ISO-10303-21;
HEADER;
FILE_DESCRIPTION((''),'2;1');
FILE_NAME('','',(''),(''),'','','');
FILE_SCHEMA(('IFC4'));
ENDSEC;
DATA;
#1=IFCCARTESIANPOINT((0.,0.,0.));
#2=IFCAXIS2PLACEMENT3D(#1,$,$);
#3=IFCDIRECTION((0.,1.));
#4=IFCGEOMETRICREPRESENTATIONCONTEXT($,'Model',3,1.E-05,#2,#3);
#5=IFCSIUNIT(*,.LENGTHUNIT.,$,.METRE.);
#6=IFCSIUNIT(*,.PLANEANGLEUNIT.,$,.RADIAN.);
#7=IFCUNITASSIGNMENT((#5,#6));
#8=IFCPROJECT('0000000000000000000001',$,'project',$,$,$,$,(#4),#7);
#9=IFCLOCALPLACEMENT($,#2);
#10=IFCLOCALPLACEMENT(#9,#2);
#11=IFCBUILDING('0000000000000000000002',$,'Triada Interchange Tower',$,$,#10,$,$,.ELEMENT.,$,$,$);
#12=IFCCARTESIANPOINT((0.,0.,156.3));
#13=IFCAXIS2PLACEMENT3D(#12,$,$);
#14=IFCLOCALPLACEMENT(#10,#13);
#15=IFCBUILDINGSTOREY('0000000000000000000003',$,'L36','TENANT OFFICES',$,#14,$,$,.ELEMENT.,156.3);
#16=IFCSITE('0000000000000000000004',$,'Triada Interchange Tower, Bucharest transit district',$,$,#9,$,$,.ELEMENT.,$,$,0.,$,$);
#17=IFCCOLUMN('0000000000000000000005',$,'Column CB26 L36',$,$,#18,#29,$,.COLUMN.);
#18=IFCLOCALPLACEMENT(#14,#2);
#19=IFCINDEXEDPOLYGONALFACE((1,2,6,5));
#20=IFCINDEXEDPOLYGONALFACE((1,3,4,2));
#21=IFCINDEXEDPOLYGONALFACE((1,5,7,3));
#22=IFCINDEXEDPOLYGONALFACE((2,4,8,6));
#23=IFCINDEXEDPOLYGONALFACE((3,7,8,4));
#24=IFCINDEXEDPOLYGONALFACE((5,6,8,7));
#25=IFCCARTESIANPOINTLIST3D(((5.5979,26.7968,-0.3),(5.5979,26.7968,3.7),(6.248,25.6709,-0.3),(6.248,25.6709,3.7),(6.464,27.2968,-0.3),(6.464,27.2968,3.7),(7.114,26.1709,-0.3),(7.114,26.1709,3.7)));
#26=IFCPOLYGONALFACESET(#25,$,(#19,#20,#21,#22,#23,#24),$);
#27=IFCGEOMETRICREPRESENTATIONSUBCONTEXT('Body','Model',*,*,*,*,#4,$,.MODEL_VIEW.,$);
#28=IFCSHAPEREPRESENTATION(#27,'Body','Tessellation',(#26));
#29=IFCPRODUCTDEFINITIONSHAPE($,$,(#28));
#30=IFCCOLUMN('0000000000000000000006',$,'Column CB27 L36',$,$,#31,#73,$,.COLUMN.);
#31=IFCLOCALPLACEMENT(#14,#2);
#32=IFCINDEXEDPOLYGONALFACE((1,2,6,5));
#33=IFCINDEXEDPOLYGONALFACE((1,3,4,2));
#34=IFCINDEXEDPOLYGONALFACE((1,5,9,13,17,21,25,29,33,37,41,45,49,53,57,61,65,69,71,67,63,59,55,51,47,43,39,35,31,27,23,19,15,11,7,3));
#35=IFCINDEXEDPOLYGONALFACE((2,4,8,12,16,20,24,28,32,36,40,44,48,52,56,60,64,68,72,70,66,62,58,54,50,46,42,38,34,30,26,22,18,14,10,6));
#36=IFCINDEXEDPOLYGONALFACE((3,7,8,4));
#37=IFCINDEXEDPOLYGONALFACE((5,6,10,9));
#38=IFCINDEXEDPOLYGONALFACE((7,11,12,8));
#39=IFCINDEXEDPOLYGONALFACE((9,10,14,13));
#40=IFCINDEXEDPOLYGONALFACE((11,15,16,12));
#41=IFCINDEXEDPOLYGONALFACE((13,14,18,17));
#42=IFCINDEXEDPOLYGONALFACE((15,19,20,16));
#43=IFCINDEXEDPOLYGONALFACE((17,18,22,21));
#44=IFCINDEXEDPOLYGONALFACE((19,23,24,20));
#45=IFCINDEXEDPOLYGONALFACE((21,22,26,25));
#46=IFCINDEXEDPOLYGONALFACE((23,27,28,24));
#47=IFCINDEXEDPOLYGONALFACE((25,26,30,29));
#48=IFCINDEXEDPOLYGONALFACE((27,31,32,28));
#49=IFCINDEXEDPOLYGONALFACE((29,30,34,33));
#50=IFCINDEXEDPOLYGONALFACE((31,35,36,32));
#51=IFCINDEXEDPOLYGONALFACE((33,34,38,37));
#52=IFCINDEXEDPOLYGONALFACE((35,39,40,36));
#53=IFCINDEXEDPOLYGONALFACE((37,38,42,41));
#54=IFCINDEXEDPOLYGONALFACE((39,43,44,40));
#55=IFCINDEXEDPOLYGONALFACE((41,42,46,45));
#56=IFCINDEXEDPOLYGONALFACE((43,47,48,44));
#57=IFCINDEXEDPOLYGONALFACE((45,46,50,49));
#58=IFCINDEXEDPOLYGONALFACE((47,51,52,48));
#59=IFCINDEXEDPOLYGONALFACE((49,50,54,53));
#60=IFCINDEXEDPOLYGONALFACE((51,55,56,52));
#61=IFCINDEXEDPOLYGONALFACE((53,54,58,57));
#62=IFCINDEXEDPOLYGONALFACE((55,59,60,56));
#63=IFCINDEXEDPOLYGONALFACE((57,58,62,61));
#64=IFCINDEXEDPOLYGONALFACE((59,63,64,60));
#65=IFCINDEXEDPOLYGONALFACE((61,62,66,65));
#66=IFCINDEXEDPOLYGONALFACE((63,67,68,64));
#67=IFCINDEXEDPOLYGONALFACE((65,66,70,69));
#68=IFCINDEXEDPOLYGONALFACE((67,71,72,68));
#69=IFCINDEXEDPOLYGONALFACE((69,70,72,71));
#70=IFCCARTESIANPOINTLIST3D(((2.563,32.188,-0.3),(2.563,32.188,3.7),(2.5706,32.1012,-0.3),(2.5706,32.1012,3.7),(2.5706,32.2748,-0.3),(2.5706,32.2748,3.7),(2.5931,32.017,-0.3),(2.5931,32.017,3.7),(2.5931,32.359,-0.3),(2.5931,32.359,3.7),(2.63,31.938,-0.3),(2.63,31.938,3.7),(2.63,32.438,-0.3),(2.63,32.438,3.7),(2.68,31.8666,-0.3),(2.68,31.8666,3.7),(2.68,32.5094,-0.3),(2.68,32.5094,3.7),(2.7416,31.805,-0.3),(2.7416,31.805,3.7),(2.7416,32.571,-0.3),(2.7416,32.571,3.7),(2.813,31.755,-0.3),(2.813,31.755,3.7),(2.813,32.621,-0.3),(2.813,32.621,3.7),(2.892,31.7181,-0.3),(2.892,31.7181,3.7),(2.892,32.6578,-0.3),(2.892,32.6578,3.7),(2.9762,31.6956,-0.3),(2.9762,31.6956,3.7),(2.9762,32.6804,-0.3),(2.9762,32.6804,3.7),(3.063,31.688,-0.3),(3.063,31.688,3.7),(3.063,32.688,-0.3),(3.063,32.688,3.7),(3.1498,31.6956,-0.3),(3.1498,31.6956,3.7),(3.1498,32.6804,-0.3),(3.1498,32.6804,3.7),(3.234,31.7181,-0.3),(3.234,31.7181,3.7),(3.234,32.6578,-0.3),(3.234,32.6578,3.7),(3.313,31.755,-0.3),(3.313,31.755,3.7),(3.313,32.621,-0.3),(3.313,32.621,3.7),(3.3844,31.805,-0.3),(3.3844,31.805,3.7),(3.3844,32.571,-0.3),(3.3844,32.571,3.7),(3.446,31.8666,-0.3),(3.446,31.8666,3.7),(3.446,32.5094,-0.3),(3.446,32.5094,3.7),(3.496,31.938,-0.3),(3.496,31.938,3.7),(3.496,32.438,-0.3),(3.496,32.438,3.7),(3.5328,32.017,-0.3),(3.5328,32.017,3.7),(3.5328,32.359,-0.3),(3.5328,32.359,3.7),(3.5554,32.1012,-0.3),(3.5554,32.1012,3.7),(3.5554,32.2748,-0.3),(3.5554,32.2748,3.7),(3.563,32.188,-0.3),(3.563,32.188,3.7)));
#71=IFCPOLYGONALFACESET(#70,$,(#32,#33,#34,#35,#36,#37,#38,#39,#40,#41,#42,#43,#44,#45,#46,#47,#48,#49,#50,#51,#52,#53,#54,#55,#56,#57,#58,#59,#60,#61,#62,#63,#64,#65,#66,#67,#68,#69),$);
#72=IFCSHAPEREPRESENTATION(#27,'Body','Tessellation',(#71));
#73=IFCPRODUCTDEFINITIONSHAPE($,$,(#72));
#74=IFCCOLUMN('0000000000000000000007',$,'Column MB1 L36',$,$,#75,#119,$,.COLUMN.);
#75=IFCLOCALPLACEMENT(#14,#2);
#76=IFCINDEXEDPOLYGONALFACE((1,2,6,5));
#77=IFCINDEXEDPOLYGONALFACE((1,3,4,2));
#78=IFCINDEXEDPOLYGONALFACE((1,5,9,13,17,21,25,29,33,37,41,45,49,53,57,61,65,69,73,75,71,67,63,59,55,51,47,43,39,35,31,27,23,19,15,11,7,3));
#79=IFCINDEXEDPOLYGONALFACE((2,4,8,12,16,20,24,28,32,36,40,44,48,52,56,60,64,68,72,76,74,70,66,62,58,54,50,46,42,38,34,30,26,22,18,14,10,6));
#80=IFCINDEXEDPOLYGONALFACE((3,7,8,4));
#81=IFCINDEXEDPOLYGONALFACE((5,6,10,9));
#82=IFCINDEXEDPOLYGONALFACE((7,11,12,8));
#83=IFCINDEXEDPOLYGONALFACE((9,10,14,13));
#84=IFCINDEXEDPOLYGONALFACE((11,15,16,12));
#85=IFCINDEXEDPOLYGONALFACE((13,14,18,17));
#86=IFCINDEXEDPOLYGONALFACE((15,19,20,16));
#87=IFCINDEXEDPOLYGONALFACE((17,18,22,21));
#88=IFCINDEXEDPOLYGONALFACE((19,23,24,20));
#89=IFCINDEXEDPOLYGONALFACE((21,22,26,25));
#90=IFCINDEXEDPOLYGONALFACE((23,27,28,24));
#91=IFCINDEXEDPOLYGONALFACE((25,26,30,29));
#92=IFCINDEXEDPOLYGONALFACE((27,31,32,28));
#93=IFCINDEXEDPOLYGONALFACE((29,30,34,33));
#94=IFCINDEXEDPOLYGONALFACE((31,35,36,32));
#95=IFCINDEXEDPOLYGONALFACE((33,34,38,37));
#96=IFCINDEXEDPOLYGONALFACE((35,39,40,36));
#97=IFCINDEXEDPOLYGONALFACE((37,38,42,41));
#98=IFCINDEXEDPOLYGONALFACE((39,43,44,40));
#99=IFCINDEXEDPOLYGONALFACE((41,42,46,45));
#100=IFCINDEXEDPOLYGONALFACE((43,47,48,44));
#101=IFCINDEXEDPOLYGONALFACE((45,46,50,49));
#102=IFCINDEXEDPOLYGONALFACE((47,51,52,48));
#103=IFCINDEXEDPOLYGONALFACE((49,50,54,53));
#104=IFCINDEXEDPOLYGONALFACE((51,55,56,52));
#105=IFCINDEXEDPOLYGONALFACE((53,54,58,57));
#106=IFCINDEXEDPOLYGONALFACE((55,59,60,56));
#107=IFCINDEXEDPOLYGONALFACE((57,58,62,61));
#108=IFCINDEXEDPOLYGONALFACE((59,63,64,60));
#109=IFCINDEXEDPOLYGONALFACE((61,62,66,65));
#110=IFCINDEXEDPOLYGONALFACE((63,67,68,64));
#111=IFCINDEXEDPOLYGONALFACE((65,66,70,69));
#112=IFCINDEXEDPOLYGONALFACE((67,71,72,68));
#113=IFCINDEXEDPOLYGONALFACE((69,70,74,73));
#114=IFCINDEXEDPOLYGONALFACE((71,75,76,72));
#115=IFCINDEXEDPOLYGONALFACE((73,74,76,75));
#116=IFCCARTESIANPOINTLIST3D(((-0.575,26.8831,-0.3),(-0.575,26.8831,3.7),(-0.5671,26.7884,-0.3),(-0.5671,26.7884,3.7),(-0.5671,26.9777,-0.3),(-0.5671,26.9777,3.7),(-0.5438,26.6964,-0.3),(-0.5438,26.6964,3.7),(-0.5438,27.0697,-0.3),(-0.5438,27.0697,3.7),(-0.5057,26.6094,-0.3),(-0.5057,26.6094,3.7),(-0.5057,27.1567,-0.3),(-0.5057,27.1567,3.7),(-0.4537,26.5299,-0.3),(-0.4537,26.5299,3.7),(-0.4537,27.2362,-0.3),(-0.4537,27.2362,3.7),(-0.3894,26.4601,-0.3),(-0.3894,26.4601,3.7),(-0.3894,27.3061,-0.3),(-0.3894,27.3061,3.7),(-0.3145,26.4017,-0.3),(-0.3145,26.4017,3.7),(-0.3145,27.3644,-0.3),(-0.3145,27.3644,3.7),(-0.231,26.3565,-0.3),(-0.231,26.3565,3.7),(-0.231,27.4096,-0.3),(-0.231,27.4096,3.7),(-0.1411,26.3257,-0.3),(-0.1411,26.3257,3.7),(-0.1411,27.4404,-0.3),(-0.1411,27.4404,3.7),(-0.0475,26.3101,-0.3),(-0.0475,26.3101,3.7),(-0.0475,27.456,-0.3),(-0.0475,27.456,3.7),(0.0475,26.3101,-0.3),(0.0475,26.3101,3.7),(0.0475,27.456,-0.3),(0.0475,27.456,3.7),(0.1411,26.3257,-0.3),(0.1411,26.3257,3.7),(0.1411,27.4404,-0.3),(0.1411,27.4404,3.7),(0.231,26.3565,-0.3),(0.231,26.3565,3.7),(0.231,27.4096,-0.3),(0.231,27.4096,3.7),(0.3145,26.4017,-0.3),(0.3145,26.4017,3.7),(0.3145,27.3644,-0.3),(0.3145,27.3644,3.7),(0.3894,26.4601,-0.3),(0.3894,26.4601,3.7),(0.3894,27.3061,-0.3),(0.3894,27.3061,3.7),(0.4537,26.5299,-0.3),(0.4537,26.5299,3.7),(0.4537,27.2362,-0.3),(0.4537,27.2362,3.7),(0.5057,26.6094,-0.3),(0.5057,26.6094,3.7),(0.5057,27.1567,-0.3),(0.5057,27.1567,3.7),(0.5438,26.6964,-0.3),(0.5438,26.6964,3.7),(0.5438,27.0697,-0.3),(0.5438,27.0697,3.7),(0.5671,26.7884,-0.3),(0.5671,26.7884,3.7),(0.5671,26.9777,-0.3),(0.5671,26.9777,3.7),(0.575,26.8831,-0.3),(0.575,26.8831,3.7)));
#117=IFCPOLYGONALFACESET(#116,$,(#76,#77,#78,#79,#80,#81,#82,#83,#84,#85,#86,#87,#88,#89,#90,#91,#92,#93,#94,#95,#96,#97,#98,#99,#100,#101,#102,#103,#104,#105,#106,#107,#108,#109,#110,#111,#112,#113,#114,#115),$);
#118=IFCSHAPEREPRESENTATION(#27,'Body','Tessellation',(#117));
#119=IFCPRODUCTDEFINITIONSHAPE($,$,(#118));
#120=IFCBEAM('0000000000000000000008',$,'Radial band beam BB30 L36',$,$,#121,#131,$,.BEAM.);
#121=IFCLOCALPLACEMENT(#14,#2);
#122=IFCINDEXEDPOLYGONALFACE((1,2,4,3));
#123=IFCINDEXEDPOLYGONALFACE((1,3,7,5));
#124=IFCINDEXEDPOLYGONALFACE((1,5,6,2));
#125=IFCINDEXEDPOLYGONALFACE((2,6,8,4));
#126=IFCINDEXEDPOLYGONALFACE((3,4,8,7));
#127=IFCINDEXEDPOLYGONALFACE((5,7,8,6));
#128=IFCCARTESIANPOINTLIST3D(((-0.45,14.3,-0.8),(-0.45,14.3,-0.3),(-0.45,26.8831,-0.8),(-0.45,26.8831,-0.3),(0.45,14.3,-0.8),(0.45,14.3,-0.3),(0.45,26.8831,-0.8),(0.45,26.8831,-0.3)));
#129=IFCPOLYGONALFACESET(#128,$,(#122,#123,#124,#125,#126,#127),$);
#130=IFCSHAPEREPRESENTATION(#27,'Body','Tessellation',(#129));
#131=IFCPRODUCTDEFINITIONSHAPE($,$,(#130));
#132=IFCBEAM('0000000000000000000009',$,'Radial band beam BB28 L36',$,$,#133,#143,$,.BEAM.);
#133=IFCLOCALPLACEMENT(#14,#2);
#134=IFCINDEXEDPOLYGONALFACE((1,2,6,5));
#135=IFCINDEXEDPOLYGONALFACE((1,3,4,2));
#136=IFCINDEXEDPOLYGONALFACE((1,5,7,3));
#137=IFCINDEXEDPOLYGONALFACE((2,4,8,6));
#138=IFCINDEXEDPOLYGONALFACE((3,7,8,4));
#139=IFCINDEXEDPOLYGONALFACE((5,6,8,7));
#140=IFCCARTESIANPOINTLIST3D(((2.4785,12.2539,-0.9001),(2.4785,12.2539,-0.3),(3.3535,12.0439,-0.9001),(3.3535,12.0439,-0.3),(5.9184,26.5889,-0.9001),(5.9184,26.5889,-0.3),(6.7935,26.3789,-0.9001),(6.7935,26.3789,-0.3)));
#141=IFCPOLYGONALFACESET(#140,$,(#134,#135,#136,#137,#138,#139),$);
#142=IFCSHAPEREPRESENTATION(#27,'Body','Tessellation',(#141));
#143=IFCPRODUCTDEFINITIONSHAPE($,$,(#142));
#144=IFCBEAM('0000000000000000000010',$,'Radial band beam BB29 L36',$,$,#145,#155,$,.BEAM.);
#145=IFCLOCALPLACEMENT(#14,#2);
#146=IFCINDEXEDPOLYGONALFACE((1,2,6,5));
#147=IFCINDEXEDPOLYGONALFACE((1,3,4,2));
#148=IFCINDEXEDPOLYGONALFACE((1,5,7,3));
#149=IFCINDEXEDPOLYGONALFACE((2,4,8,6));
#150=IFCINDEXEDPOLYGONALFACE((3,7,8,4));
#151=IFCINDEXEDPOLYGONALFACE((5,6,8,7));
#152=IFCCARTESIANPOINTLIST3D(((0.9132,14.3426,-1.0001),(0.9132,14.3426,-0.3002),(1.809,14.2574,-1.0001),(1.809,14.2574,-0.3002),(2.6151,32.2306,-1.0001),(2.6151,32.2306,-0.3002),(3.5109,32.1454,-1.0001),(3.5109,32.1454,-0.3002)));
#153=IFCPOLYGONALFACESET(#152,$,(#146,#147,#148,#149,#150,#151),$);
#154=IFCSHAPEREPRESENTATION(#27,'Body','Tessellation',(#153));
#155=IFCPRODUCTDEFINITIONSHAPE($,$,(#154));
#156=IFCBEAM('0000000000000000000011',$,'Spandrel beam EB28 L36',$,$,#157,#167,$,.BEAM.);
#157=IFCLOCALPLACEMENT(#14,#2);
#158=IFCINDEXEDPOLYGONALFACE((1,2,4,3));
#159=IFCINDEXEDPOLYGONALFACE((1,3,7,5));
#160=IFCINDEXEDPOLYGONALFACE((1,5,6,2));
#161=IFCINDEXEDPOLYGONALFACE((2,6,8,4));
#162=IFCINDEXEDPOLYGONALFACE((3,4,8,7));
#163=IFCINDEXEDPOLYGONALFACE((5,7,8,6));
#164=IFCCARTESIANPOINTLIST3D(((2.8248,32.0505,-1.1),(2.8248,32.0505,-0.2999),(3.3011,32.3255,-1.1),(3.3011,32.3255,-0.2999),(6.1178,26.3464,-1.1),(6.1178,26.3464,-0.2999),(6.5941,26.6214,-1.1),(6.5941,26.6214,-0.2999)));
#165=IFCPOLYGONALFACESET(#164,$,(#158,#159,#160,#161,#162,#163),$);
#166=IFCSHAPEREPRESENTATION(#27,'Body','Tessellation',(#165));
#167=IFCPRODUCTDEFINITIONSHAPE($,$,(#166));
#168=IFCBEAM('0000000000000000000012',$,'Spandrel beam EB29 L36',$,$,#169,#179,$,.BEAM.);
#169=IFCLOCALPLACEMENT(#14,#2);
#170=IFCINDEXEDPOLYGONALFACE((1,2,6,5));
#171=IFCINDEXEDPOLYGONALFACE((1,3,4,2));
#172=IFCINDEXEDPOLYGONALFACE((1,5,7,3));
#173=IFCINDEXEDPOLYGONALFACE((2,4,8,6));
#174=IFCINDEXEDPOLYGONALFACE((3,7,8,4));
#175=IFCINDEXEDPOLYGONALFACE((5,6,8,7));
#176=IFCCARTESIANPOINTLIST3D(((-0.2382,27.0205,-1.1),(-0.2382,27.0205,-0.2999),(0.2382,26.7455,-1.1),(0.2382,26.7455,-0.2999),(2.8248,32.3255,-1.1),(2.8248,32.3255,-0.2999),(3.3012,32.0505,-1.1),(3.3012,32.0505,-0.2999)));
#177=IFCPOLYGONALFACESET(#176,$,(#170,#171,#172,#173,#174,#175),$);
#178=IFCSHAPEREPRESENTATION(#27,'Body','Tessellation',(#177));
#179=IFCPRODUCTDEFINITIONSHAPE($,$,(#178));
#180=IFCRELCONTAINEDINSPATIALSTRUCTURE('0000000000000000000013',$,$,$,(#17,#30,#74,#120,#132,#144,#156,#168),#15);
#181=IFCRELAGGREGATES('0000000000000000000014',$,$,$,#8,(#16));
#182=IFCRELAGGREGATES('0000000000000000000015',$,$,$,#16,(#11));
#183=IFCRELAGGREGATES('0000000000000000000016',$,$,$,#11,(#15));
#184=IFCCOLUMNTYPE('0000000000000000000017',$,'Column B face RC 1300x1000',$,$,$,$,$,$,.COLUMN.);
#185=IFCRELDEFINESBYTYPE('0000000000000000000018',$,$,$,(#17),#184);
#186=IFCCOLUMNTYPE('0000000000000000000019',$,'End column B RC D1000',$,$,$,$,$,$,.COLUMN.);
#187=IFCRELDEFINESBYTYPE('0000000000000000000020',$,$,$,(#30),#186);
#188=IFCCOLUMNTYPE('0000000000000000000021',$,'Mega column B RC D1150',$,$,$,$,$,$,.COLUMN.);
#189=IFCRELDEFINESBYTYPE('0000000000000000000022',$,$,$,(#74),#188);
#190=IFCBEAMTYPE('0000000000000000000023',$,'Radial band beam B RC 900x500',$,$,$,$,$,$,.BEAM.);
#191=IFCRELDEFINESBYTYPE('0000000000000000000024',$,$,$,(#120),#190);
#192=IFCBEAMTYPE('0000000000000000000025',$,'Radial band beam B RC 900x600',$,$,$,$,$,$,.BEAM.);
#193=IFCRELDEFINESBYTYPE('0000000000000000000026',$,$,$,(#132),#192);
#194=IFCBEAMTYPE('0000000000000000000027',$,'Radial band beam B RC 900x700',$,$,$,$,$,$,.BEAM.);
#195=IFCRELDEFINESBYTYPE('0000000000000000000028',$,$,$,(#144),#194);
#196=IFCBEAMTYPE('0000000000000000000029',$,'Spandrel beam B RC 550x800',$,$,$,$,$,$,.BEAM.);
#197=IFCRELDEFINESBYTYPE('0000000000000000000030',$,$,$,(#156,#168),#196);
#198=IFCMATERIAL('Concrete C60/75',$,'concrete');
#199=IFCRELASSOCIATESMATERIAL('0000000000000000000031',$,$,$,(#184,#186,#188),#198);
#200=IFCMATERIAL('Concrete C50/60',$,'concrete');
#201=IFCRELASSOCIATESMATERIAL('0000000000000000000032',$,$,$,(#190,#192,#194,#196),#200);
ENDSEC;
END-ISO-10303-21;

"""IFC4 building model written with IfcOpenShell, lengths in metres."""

from ifc_helpers import new_model, si_unit, direction, frame, origin, origin_2d, place, context, subcontext, project, spatial, rectangle, circle, extrude, material, material_profile, profile_set, type_object, element, save


model = new_model("IFC4")

# Units and contexts
model_context = context("Model", 3, precision=1e-05, world=origin(), true_north=direction((0.0, 1.0)))
body_context = subcontext(model_context, "Body", "Model", "MODEL_VIEW")
ifc_project = project(units=[si_unit("LENGTHUNIT", "METRE"), si_unit("PLANEANGLEUNIT", "RADIAN")], contexts=[model_context])

# Site, building, storey
site_placement = place(None, origin())
site = spatial("IfcSite", under=ifc_project, at=site_placement, Name="Triada Interchange Tower, Bucharest transit district", CompositionType="ELEMENT", RefElevation=0.0)
building_placement = place(site_placement, origin())
building = spatial("IfcBuilding", under=site, at=building_placement, Name="Triada Interchange Tower", CompositionType="ELEMENT")
storey_placement = place(building_placement, frame((0.0, 0.0, 156.3)))
storey = spatial("IfcBuildingStorey", under=building, at=storey_placement, Name="L36", Description="TENANT OFFICES", CompositionType="ELEMENT", Elevation=156.3)

# Columns
ifc_material_1 = material(Name="Concrete C60/75", Category="concrete")
ifc_material_profile_1 = material_profile(ifc_material_1, rectangle(XDim=1.3, YDim=1.0, at=origin_2d()), Name="RC 1300x1000")
ifc_profile_set_1 = profile_set([ifc_material_profile_1], Name="Concrete C60/75")
column_type_1 = type_object("IfcColumnType", Name="Column B face RC 1300x1000", PredefinedType="COLUMN", material=ifc_profile_set_1)
column_1_placement = place(storey_placement, frame((6.356, 26.4839, -0.3), z_axis=(0.0, 0.0, 1.0), x_axis=(-0.5, 0.866025, 0.0)))
element("IfcColumn", 1, at=column_1_placement, inside=storey, type_object=column_type_1, Name="Column CB26 L36", PredefinedType="COLUMN", context=body_context, shape_type="SweptSolid", body=[
    extrude(rectangle(XDim=1.3, YDim=1.0, at=origin_2d()), origin(), (0.0, 0.0, 1.0), 4.0),
])
ifc_material_profile_2 = material_profile(ifc_material_1, circle(Radius=0.5, at=origin_2d()), Name="RC D1000")
ifc_profile_set_2 = profile_set([ifc_material_profile_2], Name="Concrete C60/75")
column_type_2 = type_object("IfcColumnType", Name="End column B RC D1000", PredefinedType="COLUMN", material=ifc_profile_set_2)
column_2_placement = place(storey_placement, frame((3.063, 32.188, -0.3), z_axis=(0.0, 0.0, 1.0), x_axis=(-0.5, 0.866025, 0.0)))
element("IfcColumn", 2, at=column_2_placement, inside=storey, type_object=column_type_2, Name="Column CB27 L36", PredefinedType="COLUMN", context=body_context, shape_type="SweptSolid", body=[
    extrude(circle(Radius=0.5, at=origin_2d()), origin(), (0.0, 0.0, 1.0), 4.0),
])
ifc_material_profile_3 = material_profile(ifc_material_1, circle(Radius=0.575, at=origin_2d()), Name="RC D1150")
ifc_profile_set_3 = profile_set([ifc_material_profile_3], Name="Concrete C60/75")
column_type_3 = type_object("IfcColumnType", Name="Mega column B RC D1150", PredefinedType="COLUMN", material=ifc_profile_set_3)
column_3_placement = place(storey_placement, frame((0.0, 26.8831, -0.3), z_axis=(0.0, 0.0, 1.0), x_axis=(1.0, 0.0, 0.0)))
element("IfcColumn", 3, at=column_3_placement, inside=storey, type_object=column_type_3, Name="Column MB1 L36", PredefinedType="COLUMN", context=body_context, shape_type="SweptSolid", body=[
    extrude(circle(Radius=0.575, at=origin_2d()), origin(), (0.0, 0.0, 1.0), 4.0),
])

# Beams
ifc_material_2 = material(Name="Concrete C50/60", Category="concrete")
ifc_material_profile_4 = material_profile(ifc_material_2, rectangle(XDim=0.8999, YDim=0.5, at=origin_2d()), Name="RC 900x500")
ifc_profile_set_4 = profile_set([ifc_material_profile_4], Name="Concrete C50/60")
beam_type_1 = type_object("IfcBeamType", Name="Radial band beam B RC 900x500", PredefinedType="BEAM", material=ifc_profile_set_4)
beam_1_placement = place(storey_placement, frame((0.0, 26.8831, -0.55), z_axis=(0.0, -1.0, 0.0), x_axis=(1.0, 0.0, 0.0)))
element("IfcBeam", 4, at=beam_1_placement, inside=storey, type_object=beam_type_1, Name="Radial band beam BB30 L36", PredefinedType="BEAM", context=body_context, shape_type="SweptSolid", body=[
    extrude(rectangle(XDim=0.8999, YDim=0.5, at=origin_2d()), origin(), (0.0, 0.0, 1.0), 12.583),
])
ifc_material_profile_5 = material_profile(ifc_material_2, rectangle(XDim=0.8999, YDim=0.6001, at=origin_2d()), Name="RC 900x600")
ifc_profile_set_5 = profile_set([ifc_material_profile_5], Name="Concrete C50/60")
beam_type_2 = type_object("IfcBeamType", Name="Radial band beam B RC 900x600", PredefinedType="BEAM", material=ifc_profile_set_5)
beam_2_placement = place(storey_placement, frame((6.356, 26.4839, -0.6001), z_axis=(-0.233344, -0.972394, 0.0), x_axis=(0.972394, -0.233344, 0.0)))
element("IfcBeam", 5, at=beam_2_placement, inside=storey, type_object=beam_type_2, Name="Radial band beam BB28 L36", PredefinedType="BEAM", context=body_context, shape_type="SweptSolid", body=[
    extrude(rectangle(XDim=0.8999, YDim=0.6001, at=origin_2d()), origin(), (0.0, 0.0, 1.0), 14.7419),
])
ifc_material_profile_6 = material_profile(ifc_material_2, rectangle(XDim=0.8999, YDim=0.7, at=origin_2d()), Name="RC 900x700")
ifc_profile_set_6 = profile_set([ifc_material_profile_6], Name="Concrete C50/60")
beam_type_3 = type_object("IfcBeamType", Name="Radial band beam B RC 900x700", PredefinedType="BEAM", material=ifc_profile_set_6)
beam_3_placement = place(storey_placement, frame((3.063, 32.188, -0.6501), z_axis=(-0.094715, -0.995504, 0.0), x_axis=(0.995504, -0.094715, 0.0)))
element("IfcBeam", 6, at=beam_3_placement, inside=storey, type_object=beam_type_3, Name="Radial band beam BB29 L36", PredefinedType="BEAM", context=body_context, shape_type="SweptSolid", body=[
    extrude(rectangle(XDim=0.8999, YDim=0.7, at=origin_2d()), origin(), (0.0, 0.0, 1.0), 17.9688),
])
ifc_material_profile_7 = material_profile(ifc_material_2, rectangle(XDim=0.55, YDim=0.8, at=origin_2d()), Name="RC 550x800")
ifc_profile_set_7 = profile_set([ifc_material_profile_7], Name="Concrete C50/60")
beam_type_4 = type_object("IfcBeamType", Name="Spandrel beam B RC 550x800", PredefinedType="BEAM", material=ifc_profile_set_7)
beam_4_placement = place(storey_placement, frame((6.356, 26.4839, -0.7), z_axis=(-0.499966, 0.866045, 0.0), x_axis=(-0.866045, -0.499966, 0.0)))
element("IfcBeam", 7, at=beam_4_placement, inside=storey, type_object=beam_type_4, Name="Spandrel beam EB28 L36", PredefinedType="BEAM", context=body_context, shape_type="SweptSolid", body=[
    extrude(rectangle(XDim=0.55, YDim=0.8, at=origin_2d()), origin(), (0.0, 0.0, 1.0), 6.5864),
])
for number, where, z_axis, x_axis, name in (
    (8, (3.063, 32.188, -0.7), (-0.500023, -0.866012, 0.0), (0.866012, -0.500023, 0.0), "Spandrel beam EB29 L36"),
):
    element("IfcBeam", number, at=place(storey_placement, frame(where, z_axis=z_axis, x_axis=x_axis)), inside=storey, type_object=beam_type_4, Name=name, PredefinedType="BEAM", context=body_context, shape_type="SweptSolid", body=[
        extrude(rectangle(XDim=0.55, YDim=0.8, at=origin_2d()), origin(), (0.0, 0.0, 1.0), 6.1257),
    ])

save(model, "model.ifc")
